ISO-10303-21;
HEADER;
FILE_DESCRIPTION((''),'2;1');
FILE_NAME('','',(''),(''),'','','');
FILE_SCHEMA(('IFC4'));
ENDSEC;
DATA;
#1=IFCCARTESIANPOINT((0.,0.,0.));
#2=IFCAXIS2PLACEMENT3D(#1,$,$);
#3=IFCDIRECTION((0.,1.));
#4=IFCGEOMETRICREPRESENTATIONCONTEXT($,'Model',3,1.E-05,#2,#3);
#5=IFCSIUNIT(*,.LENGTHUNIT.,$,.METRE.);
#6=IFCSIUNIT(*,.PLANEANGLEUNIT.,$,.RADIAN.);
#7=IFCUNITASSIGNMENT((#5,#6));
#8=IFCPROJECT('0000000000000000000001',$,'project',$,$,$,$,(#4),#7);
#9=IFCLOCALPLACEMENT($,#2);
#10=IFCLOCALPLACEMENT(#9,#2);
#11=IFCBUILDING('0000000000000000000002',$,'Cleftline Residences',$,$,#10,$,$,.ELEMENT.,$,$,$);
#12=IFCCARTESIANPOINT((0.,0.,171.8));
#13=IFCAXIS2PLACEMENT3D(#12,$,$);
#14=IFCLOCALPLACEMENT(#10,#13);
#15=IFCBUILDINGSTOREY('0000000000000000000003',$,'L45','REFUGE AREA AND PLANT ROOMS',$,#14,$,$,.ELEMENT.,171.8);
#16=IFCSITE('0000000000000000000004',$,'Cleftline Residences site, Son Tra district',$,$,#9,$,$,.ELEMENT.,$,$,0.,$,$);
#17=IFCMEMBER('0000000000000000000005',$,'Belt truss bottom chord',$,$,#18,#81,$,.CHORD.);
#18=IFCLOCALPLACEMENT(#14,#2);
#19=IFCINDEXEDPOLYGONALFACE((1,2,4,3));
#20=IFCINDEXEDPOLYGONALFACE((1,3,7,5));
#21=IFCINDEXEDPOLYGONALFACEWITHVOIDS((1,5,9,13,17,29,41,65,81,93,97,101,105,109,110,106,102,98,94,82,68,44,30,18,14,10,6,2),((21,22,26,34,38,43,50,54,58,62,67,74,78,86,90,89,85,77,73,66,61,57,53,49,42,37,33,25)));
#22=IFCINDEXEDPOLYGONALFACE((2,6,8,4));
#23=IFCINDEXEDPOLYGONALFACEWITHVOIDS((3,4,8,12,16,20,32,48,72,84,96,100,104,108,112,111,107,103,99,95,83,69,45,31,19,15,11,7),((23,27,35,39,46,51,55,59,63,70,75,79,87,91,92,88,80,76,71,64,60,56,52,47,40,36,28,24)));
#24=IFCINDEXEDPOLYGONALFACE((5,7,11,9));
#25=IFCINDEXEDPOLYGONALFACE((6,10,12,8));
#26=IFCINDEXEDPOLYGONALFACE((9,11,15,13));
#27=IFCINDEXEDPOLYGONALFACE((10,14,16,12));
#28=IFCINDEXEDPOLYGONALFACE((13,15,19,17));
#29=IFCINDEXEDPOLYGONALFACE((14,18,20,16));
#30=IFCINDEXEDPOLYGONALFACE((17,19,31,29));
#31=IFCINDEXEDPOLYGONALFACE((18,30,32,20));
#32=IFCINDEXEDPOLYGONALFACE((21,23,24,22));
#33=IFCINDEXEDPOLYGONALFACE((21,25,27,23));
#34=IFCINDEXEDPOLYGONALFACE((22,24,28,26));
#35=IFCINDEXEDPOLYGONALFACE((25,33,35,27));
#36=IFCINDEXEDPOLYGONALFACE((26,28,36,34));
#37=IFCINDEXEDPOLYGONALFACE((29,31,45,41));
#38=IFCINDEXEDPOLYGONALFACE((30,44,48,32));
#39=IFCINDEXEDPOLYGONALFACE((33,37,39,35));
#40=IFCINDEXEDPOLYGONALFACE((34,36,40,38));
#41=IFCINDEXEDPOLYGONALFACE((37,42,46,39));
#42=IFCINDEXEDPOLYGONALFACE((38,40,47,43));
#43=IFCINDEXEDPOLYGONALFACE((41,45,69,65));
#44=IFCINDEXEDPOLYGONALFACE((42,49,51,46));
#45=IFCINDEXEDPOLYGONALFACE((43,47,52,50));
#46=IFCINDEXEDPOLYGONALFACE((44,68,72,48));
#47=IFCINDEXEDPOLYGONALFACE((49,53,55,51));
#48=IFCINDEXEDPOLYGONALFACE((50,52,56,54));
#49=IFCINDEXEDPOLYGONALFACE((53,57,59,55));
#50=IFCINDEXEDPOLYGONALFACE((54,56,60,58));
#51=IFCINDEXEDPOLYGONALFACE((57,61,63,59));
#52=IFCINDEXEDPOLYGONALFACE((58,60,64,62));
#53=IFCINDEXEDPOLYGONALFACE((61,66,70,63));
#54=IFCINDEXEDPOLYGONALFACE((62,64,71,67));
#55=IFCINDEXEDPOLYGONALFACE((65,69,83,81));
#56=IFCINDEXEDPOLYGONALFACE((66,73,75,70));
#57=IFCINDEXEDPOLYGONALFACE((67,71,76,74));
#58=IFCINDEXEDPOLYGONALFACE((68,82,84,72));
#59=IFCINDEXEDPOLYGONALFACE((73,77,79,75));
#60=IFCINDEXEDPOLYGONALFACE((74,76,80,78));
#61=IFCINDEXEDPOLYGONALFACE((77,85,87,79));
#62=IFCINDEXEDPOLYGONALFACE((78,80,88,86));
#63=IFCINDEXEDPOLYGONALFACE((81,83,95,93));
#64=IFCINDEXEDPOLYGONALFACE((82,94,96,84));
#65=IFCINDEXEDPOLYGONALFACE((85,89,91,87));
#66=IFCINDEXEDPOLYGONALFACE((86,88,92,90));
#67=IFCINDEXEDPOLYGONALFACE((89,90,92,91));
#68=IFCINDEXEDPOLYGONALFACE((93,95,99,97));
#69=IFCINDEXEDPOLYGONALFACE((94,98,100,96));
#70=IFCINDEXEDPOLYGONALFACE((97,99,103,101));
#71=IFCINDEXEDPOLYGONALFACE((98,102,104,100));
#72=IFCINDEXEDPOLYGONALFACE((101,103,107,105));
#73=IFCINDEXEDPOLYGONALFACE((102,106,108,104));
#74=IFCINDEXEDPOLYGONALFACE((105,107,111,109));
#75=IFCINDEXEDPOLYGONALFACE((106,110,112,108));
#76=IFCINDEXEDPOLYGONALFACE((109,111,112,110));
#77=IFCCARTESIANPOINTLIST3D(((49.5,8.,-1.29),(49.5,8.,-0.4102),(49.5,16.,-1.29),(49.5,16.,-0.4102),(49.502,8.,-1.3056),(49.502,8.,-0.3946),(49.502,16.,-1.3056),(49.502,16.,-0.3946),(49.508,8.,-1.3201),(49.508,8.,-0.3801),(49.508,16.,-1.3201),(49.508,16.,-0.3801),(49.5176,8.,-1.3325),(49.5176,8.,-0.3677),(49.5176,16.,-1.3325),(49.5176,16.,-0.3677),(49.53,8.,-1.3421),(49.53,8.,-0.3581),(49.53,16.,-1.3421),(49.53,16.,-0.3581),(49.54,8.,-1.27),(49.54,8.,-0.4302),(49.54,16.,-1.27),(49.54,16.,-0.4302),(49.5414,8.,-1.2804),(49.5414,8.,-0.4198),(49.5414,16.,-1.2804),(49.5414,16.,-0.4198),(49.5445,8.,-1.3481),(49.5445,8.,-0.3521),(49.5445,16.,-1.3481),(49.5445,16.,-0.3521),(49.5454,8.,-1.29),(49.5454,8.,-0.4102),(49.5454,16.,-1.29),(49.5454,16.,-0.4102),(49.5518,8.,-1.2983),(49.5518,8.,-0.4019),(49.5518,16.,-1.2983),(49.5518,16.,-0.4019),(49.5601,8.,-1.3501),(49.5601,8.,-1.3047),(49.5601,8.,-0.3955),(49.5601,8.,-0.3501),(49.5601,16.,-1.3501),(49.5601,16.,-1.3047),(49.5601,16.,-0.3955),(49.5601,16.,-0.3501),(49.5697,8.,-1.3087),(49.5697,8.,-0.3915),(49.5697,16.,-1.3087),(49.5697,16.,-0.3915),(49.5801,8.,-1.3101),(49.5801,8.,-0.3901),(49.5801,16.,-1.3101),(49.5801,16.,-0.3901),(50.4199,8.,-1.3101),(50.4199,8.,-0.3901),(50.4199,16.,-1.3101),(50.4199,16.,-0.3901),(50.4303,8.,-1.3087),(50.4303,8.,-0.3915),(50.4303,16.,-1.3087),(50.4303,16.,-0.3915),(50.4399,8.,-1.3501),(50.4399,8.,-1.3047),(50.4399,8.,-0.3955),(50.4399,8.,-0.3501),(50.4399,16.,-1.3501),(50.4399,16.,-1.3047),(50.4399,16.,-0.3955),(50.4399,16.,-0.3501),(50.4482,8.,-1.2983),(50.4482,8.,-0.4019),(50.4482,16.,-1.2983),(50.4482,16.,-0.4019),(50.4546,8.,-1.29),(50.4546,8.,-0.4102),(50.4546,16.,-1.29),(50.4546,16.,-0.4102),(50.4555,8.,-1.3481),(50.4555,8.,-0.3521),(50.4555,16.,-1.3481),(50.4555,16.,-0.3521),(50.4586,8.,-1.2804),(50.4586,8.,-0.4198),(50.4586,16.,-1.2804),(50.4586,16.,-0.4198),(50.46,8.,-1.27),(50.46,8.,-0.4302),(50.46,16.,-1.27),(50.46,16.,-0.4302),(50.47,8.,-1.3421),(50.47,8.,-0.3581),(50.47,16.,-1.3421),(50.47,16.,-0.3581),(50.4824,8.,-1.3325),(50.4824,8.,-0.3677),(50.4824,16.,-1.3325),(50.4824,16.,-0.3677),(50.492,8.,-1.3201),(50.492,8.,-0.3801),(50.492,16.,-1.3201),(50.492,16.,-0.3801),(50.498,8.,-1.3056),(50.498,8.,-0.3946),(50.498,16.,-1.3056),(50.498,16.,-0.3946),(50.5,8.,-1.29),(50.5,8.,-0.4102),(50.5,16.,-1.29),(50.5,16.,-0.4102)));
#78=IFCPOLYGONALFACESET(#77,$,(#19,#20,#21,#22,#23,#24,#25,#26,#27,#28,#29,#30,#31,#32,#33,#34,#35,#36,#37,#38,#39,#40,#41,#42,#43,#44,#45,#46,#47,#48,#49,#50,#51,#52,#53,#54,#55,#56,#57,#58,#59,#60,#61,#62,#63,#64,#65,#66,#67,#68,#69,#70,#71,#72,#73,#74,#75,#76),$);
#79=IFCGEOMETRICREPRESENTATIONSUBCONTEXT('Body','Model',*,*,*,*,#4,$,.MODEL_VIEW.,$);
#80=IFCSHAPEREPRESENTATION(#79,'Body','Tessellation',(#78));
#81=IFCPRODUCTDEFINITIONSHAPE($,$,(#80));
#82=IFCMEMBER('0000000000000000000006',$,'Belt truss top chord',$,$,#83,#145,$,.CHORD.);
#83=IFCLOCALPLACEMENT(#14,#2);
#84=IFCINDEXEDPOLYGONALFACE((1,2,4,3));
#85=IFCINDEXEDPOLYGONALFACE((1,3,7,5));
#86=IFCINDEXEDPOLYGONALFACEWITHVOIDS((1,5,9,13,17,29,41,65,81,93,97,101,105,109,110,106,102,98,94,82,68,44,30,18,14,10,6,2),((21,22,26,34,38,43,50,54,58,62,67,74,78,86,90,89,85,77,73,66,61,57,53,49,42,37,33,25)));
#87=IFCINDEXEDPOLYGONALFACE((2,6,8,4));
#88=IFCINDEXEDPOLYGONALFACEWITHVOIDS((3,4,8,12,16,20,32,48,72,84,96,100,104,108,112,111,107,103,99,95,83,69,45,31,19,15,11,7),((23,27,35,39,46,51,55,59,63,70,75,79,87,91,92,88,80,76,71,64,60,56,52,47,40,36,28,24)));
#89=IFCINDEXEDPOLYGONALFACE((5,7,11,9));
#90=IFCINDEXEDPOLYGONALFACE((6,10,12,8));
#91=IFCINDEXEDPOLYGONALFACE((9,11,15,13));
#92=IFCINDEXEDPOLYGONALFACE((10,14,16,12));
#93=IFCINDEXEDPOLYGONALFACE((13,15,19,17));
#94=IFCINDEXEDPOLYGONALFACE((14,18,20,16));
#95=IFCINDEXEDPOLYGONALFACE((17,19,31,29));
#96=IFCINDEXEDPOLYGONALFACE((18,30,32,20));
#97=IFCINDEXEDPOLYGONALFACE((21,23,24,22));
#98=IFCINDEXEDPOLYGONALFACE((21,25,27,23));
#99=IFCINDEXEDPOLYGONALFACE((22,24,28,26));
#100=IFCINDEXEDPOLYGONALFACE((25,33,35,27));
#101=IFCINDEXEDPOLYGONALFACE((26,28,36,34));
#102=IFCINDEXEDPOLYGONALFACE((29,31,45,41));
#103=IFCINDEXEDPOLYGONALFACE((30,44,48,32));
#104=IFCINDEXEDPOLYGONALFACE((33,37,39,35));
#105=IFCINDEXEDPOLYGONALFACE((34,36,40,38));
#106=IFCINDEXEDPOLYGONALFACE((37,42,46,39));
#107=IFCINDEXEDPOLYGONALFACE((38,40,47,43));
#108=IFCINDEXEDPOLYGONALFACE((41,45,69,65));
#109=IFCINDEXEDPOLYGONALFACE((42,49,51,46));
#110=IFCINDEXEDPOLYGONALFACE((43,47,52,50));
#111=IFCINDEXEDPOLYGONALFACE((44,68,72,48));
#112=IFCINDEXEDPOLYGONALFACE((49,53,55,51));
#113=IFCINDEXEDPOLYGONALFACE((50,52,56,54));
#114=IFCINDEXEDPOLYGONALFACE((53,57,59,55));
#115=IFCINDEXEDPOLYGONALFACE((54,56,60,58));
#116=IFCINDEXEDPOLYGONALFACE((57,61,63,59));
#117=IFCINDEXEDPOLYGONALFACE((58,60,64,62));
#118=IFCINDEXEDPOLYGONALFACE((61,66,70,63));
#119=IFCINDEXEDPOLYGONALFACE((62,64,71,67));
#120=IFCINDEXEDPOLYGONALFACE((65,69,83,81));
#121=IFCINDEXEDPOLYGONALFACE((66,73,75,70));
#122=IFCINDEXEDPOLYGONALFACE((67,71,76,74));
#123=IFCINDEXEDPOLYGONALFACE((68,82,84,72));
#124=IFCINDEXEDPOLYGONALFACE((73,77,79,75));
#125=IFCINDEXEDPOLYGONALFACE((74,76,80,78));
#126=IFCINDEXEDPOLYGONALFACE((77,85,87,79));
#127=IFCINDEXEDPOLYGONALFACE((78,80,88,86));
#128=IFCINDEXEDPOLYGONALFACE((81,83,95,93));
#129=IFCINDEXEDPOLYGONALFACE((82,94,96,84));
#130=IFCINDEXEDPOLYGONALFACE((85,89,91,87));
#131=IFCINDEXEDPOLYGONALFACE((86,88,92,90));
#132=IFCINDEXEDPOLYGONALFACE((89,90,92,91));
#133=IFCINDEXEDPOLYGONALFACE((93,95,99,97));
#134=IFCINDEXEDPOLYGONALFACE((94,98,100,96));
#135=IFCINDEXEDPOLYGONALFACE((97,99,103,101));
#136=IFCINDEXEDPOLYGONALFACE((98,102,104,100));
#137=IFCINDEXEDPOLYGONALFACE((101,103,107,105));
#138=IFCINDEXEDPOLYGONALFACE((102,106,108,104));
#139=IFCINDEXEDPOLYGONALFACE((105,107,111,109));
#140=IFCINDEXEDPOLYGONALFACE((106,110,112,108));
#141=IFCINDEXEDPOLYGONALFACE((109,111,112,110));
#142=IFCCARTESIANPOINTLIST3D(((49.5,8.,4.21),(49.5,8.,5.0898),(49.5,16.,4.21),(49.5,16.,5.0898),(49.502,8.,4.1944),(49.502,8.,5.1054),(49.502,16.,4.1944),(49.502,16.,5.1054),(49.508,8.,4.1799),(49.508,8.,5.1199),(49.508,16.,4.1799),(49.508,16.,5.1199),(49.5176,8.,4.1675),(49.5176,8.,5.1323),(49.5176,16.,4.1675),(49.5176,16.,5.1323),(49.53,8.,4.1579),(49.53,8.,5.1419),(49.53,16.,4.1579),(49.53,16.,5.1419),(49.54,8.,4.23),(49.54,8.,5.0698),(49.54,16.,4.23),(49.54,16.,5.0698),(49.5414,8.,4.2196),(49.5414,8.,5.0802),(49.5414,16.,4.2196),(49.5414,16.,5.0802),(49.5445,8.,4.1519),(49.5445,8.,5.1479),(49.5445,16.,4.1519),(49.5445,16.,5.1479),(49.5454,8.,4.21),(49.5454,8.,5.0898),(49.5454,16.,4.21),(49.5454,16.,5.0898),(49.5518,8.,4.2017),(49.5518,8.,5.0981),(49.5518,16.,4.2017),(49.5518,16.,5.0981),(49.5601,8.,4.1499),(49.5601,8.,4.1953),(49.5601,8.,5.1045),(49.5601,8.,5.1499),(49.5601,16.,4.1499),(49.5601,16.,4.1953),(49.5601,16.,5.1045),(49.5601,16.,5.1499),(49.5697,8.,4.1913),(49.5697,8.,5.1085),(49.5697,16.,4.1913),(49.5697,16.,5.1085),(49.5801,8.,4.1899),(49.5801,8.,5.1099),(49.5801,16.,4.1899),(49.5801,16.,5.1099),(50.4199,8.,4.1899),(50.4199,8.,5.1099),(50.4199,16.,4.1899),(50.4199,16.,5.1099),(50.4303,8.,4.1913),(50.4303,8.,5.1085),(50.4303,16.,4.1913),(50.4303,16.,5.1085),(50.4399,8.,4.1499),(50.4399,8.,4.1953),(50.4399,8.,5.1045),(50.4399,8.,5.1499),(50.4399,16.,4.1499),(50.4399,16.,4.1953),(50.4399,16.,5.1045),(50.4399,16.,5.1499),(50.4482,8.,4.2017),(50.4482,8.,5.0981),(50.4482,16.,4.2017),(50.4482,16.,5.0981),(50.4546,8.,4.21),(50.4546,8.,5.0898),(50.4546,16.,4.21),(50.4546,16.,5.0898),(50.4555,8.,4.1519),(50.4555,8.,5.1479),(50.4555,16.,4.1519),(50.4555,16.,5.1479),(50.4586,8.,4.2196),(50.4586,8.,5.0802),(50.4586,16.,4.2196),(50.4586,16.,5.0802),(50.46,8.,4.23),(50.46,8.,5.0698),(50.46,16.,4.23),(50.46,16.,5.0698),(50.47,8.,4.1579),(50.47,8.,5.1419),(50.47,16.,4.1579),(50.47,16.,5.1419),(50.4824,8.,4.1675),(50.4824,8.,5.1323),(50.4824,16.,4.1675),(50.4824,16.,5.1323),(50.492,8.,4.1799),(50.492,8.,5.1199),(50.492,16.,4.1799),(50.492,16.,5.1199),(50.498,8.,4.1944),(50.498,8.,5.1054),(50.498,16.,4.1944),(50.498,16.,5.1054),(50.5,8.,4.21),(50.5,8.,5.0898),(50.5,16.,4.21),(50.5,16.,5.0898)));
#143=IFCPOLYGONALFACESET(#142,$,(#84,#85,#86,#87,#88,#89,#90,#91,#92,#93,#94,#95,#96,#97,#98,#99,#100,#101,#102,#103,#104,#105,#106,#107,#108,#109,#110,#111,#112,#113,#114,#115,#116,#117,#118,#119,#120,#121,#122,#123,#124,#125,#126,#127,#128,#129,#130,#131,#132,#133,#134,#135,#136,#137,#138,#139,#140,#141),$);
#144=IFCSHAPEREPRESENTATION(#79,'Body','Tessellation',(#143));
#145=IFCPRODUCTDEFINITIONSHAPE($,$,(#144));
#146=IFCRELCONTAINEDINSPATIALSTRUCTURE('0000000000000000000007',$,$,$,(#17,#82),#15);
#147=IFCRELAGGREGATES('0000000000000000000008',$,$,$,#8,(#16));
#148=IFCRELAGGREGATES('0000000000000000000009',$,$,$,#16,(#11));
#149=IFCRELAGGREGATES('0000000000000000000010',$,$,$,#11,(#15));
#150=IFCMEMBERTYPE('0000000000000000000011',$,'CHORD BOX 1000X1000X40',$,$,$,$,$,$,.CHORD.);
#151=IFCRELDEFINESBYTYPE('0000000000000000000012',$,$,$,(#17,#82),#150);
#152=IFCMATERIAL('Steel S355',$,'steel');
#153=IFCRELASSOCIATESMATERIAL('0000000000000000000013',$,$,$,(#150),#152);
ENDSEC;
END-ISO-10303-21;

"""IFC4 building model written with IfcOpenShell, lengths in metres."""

from ifc_helpers import new_model, si_unit, direction, frame, origin, origin_2d, place, context, subcontext, project, spatial, hollow_rectangle, extrude, material, material_profile, profile_set, type_object, element, save


model = new_model("IFC4")

# Units and contexts
model_context = context("Model", 3, precision=1e-05, world=origin(), true_north=direction((0.0, 1.0)))
body_context = subcontext(model_context, "Body", "Model", "MODEL_VIEW")
ifc_project = project(units=[si_unit("LENGTHUNIT", "METRE"), si_unit("PLANEANGLEUNIT", "RADIAN")], contexts=[model_context])

# Site, building, storey
site_placement = place(None, origin())
site = spatial("IfcSite", under=ifc_project, at=site_placement, Name="Cleftline Residences site, Son Tra district", CompositionType="ELEMENT", RefElevation=0.0)
building_placement = place(site_placement, origin())
building = spatial("IfcBuilding", under=site, at=building_placement, Name="Cleftline Residences", CompositionType="ELEMENT")
storey_placement = place(building_placement, frame((0.0, 0.0, 171.8)))
storey = spatial("IfcBuildingStorey", under=building, at=storey_placement, Name="L45", Description="REFUGE AREA AND PLANT ROOMS", CompositionType="ELEMENT", Elevation=171.8)

# Members
ifc_material_1 = material(Name="Steel S355", Category="steel")
ifc_material_profile_1 = material_profile(ifc_material_1, hollow_rectangle(XDim=1.0, YDim=1.0, WallThickness=0.04, InnerFilletRadius=0.04, OuterFilletRadius=0.0601, at=origin_2d()))
ifc_profile_set_1 = profile_set([ifc_material_profile_1], Name="Steel S355")
member_type_1 = type_object("IfcMemberType", Name="CHORD BOX 1000X1000X40", PredefinedType="CHORD", material=ifc_profile_set_1)
for number, where, z_axis, x_axis, name in (
    (1, (50.0, 8.0, -0.8501), (0.0, 1.0, 0.0), (-1.0, 0.0, 0.0), "Belt truss bottom chord"),
    (2, (50.0, 8.0, 4.6499), (0.0, 1.0, 0.0), (-1.0, 0.0, 0.0), "Belt truss top chord"),
):
    element("IfcMember", number, at=place(storey_placement, frame(where, z_axis=z_axis, x_axis=x_axis)), inside=storey, type_object=member_type_1, Name=name, PredefinedType="CHORD", context=body_context, shape_type="SweptSolid", body=[
        extrude(hollow_rectangle(XDim=1.0, YDim=1.0, WallThickness=0.04, InnerFilletRadius=0.04, OuterFilletRadius=0.0601, at=origin_2d()), origin(), (0.0, 0.0, 1.0), 8.0),
    ])

save(model, "model.ifc")
